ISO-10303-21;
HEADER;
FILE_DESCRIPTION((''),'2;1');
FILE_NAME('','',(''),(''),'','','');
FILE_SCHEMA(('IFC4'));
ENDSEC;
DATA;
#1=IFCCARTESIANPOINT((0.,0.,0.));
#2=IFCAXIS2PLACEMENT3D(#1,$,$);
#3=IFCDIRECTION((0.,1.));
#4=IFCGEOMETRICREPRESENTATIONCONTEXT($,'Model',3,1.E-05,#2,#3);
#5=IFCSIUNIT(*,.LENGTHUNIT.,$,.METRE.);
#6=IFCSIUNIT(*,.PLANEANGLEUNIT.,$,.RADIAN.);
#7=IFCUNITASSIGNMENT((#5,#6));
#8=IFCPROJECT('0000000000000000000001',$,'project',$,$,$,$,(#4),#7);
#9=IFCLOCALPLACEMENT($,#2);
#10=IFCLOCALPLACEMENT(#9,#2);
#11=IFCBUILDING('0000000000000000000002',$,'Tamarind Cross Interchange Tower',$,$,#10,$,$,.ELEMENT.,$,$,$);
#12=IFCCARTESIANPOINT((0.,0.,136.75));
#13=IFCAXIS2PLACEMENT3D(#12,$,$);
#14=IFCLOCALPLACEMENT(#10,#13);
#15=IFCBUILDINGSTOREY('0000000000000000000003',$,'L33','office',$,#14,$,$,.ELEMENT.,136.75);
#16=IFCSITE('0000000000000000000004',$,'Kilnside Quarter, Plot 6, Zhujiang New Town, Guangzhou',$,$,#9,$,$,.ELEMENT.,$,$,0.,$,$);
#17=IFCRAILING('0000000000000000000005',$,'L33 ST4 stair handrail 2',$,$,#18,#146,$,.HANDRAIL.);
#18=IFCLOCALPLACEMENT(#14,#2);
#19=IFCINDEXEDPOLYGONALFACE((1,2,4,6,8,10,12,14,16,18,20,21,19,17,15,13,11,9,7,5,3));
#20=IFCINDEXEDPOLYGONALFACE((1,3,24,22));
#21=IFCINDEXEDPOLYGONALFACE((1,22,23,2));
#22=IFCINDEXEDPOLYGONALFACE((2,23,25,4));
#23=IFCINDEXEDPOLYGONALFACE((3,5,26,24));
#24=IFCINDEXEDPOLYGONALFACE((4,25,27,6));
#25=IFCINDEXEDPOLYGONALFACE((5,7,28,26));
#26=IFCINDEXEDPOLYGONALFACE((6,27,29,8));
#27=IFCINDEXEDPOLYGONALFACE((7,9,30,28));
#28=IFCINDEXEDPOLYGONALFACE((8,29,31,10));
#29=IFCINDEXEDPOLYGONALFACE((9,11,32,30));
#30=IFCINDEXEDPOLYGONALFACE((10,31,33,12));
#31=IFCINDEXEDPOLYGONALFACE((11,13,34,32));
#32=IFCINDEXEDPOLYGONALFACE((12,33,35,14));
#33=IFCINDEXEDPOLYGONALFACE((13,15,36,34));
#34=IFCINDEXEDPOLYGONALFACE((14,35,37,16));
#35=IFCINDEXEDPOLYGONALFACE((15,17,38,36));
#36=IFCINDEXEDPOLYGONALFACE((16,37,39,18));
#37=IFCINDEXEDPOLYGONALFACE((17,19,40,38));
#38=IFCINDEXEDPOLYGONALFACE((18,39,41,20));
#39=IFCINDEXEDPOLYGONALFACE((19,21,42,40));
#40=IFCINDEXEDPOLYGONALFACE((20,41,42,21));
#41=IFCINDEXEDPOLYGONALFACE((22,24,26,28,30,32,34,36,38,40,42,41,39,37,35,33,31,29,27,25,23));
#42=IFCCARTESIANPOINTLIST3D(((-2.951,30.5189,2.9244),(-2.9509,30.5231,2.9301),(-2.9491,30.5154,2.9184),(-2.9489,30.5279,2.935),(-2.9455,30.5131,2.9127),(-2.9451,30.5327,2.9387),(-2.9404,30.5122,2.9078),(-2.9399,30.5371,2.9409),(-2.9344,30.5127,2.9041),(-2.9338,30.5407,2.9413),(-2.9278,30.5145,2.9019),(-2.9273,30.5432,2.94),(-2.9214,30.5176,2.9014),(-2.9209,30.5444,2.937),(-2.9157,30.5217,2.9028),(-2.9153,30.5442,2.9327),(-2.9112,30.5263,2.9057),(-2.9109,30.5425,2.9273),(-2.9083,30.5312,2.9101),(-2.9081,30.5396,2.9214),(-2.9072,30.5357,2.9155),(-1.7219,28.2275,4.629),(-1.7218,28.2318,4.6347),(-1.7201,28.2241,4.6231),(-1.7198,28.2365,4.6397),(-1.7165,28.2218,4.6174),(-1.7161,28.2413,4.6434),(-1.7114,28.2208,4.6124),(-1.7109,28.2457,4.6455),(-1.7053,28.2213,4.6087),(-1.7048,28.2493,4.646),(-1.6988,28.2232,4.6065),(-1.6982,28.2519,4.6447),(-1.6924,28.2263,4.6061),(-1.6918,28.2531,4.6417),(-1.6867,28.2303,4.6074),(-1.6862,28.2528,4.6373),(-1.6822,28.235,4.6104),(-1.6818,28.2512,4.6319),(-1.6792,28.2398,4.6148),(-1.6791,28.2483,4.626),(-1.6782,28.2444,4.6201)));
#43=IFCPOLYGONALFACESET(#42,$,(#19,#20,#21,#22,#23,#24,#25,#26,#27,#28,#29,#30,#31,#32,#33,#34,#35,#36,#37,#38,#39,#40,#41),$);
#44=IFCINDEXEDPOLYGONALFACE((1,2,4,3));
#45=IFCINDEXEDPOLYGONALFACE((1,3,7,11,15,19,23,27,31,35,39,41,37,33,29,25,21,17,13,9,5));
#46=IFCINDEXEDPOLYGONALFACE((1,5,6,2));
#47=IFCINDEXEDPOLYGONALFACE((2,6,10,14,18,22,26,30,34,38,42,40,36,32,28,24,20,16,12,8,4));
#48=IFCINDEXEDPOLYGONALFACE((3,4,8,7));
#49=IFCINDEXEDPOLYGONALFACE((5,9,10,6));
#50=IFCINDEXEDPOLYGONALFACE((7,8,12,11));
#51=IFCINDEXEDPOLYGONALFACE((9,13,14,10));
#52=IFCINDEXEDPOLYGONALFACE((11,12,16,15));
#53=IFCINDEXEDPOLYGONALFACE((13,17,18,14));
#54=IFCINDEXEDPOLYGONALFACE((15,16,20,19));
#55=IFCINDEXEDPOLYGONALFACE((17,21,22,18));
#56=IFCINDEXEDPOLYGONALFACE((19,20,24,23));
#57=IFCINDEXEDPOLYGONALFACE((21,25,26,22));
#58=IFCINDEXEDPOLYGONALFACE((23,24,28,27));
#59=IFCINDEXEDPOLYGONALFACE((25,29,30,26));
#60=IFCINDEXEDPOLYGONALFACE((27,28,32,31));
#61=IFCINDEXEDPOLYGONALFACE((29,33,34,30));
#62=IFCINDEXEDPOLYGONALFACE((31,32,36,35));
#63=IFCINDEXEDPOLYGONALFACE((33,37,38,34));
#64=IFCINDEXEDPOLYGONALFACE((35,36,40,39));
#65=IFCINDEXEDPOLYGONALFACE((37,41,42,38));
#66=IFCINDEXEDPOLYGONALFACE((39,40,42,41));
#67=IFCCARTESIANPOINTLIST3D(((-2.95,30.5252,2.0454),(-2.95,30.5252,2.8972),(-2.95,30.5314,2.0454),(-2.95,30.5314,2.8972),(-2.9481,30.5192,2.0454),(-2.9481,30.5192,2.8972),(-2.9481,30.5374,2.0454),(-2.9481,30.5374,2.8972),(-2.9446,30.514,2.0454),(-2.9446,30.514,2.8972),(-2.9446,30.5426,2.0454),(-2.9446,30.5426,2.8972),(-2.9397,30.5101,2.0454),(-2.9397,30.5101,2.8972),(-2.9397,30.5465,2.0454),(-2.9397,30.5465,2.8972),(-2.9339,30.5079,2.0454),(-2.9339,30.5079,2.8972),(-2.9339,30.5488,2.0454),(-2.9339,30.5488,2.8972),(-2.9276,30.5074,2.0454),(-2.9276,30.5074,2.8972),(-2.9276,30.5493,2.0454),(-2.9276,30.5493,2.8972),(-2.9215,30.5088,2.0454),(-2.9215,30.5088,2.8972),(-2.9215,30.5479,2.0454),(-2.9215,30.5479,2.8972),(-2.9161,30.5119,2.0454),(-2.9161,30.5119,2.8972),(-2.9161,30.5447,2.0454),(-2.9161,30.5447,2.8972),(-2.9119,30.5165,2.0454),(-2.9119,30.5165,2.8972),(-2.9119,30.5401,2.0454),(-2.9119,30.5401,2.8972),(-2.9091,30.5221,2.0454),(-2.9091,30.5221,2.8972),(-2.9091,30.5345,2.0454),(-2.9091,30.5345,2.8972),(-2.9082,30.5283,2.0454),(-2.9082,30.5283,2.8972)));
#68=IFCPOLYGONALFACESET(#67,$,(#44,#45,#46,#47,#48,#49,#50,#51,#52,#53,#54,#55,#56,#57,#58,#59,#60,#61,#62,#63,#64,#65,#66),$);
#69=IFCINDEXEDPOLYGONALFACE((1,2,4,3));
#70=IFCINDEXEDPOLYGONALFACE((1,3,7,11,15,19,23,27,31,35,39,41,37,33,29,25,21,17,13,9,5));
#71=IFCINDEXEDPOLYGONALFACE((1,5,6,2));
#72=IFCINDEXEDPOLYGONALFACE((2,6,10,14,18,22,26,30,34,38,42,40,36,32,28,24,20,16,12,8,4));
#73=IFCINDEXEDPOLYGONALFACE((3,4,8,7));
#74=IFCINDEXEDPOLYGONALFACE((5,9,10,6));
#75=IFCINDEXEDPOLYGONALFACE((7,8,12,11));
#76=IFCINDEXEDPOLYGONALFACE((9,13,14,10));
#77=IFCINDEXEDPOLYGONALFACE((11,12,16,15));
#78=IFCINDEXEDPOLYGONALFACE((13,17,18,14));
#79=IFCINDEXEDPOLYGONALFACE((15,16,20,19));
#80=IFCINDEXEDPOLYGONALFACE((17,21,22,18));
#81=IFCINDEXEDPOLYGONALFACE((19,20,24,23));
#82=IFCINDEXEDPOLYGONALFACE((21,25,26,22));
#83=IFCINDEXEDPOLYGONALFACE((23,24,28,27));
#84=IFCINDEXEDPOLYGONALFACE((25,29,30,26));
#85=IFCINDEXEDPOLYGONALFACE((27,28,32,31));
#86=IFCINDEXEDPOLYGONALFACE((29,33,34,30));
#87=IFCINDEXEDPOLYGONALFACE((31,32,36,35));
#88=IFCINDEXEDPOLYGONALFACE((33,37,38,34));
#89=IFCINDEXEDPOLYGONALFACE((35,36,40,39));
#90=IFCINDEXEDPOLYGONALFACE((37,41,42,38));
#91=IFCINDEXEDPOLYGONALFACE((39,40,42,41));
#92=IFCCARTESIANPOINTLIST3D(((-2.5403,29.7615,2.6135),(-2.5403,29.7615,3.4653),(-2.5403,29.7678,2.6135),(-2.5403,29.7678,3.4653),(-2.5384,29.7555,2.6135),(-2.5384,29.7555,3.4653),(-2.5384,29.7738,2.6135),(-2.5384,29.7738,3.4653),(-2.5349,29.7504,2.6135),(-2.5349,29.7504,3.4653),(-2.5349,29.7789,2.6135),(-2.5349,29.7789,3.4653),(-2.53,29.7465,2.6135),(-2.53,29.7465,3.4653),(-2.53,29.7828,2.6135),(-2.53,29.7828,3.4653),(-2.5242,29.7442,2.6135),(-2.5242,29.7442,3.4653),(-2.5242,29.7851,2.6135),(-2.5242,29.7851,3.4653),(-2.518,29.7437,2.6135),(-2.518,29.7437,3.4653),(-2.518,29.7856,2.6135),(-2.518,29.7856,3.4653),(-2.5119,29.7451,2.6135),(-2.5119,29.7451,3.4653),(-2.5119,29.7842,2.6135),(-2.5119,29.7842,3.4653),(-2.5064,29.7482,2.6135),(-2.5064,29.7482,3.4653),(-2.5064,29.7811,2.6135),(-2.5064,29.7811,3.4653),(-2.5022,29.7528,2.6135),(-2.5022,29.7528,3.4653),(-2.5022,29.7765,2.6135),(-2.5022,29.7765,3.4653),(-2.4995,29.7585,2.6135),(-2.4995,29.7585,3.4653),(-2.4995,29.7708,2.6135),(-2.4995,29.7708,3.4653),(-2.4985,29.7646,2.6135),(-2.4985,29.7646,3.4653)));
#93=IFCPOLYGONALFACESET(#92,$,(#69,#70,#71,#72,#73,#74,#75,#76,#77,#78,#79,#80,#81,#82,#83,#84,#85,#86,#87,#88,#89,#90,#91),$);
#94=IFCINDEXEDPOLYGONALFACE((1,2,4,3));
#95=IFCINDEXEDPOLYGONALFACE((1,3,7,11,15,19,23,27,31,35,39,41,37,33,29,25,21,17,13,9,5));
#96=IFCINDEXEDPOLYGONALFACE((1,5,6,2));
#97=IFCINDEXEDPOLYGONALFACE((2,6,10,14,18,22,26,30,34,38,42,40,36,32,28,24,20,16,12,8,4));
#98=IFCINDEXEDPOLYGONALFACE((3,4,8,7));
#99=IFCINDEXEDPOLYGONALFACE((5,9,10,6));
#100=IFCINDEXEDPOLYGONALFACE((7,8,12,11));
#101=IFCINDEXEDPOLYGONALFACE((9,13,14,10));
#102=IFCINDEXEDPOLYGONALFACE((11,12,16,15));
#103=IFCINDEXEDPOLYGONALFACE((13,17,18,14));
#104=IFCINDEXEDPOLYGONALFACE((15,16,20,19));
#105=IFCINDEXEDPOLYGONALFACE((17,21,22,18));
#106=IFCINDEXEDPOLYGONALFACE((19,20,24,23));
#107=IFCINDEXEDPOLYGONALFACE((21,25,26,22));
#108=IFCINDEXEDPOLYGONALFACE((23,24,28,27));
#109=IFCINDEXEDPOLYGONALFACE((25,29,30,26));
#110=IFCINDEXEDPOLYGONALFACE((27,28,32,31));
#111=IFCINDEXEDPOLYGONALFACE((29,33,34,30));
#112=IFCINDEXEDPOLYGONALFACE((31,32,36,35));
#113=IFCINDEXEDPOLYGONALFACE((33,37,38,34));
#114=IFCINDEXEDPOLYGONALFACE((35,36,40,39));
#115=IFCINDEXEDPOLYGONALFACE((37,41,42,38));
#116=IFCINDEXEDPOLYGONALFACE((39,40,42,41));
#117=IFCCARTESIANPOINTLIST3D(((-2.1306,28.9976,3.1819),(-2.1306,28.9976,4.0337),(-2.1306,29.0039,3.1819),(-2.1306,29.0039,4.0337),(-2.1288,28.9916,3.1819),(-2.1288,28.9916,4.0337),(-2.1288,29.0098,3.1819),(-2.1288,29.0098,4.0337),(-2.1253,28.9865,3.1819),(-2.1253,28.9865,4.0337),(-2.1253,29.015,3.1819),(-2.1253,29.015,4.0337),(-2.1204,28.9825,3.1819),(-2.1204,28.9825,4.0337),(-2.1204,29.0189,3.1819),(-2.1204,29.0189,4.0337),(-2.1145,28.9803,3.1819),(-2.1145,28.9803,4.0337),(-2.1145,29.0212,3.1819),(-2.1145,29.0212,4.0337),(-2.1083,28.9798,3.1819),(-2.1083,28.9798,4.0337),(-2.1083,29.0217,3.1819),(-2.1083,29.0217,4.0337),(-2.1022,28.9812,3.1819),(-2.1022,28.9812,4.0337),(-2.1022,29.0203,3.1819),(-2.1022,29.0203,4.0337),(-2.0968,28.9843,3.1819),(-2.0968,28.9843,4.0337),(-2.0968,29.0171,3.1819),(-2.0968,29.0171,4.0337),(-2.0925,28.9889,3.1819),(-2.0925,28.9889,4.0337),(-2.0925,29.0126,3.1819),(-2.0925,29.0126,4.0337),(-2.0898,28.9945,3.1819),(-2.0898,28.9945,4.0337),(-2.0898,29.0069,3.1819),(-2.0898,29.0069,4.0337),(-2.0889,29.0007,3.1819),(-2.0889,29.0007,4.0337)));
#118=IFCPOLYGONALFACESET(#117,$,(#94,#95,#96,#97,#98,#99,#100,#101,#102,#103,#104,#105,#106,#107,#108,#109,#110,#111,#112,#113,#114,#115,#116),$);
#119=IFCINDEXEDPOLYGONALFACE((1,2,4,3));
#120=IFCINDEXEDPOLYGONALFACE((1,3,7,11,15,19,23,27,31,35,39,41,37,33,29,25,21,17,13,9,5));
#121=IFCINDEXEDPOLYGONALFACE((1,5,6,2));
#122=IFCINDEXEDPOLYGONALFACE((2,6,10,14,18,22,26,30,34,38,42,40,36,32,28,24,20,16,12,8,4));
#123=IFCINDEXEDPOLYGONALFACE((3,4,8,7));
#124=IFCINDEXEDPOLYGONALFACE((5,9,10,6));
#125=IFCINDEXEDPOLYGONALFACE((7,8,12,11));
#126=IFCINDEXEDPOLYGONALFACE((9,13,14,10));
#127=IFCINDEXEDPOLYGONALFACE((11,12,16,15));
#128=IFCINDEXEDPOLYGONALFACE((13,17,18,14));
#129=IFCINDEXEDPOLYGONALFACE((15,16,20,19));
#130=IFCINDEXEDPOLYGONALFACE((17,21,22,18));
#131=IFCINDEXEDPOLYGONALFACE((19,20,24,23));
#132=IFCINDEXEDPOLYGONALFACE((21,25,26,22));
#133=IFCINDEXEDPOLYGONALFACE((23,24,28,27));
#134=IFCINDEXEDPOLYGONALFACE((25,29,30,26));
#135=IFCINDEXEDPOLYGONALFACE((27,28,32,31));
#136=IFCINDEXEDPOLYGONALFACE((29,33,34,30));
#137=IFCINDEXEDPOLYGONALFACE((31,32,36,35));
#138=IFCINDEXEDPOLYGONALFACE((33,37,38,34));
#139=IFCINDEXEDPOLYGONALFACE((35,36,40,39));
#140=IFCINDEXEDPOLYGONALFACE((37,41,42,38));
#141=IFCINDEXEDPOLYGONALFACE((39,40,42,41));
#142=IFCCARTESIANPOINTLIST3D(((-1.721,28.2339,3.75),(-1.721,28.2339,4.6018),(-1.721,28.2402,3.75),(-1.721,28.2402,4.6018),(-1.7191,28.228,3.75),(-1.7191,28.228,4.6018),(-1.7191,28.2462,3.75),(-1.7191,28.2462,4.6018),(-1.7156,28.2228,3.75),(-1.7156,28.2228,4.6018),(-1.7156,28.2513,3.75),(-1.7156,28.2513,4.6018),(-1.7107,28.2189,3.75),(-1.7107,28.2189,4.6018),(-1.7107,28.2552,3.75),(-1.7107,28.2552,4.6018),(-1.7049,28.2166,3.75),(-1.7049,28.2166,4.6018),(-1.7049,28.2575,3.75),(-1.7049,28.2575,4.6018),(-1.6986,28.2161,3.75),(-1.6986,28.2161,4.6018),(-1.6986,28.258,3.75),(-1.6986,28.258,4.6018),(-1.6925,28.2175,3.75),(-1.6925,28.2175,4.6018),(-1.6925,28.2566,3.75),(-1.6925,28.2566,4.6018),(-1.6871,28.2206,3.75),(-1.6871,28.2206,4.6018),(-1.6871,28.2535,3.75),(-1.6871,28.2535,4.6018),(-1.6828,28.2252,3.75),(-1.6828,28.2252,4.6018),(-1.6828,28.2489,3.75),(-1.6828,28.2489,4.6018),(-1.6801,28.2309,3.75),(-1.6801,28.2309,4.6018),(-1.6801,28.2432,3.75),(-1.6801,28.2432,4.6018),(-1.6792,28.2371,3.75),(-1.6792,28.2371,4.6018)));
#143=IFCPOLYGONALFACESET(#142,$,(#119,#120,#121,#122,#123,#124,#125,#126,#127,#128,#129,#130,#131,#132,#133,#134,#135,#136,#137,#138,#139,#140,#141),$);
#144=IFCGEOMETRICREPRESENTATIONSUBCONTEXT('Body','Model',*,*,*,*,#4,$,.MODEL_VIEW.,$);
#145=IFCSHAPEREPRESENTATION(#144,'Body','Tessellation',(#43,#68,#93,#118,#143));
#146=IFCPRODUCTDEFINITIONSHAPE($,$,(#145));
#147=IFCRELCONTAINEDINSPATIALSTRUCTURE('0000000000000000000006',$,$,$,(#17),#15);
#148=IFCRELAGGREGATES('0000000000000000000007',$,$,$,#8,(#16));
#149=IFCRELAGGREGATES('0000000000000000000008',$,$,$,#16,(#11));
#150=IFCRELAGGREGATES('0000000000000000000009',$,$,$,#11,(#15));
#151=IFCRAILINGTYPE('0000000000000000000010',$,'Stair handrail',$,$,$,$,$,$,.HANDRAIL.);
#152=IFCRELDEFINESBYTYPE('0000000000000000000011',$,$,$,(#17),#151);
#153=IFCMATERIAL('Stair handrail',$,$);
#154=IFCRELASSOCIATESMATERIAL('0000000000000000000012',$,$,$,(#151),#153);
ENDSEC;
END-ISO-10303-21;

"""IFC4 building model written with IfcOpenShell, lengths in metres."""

from ifc_helpers import new_model, si_unit, direction, frame, origin, origin_2d, place, context, subcontext, project, spatial, circle, extrude, material, type_object, element, save


model = new_model("IFC4")

# Units and contexts
model_context = context("Model", 3, precision=1e-05, world=origin(), true_north=direction((0.0, 1.0)))
body_context = subcontext(model_context, "Body", "Model", "MODEL_VIEW")
ifc_project = project(units=[si_unit("LENGTHUNIT", "METRE"), si_unit("PLANEANGLEUNIT", "RADIAN")], contexts=[model_context])

# Site, building, storey
site_placement = place(None, origin())
site = spatial("IfcSite", under=ifc_project, at=site_placement, Name="Kilnside Quarter, Plot 6, Zhujiang New Town, Guangzhou", CompositionType="ELEMENT", RefElevation=0.0)
building_placement = place(site_placement, origin())
building = spatial("IfcBuilding", under=site, at=building_placement, Name="Tamarind Cross Interchange Tower", CompositionType="ELEMENT")
storey_placement = place(building_placement, frame((0.0, 0.0, 136.75)))
storey = spatial("IfcBuildingStorey", under=building, at=storey_placement, Name="L33", Description="office", CompositionType="ELEMENT", Elevation=136.75)

# Railing
ifc_material_1 = material(Name="Stair handrail")
railing_type_1 = type_object("IfcRailingType", Name="Stair handrail", PredefinedType="HANDRAIL", material=ifc_material_1)
railing_1_placement = place(storey_placement, frame((-2.9292, 30.5283, 2.0454)))
element("IfcRailing", 1, at=railing_1_placement, inside=storey, type_object=railing_type_1, Name="L33 ST4 stair handrail 2", PredefinedType="HANDRAIL", context=body_context, shape_type="SweptSolid", body=[
    extrude(circle(Radius=0.0239, at=origin_2d()), frame((0.0, 0.0, 0.876), z_axis=(0.395304, -0.736974, 0.548274), x_axis=(0.881233, 0.472683, 0.0)), (0.0, 0.0, 1.0), 3.1091),
    extrude(circle(Radius=0.021, at=origin_2d()), origin(), (0.0, 0.0, 1.0), 0.8518),
    extrude(circle(Radius=0.021, at=origin_2d()), frame((0.4097, -0.7637, 0.5681)), (0.0, 0.0, 1.0), 0.8518),
    extrude(circle(Radius=0.021, at=origin_2d()), frame((0.8193, -1.5276, 1.1365)), (0.0, 0.0, 1.0), 0.8518),
    extrude(circle(Radius=0.021, at=origin_2d()), frame((1.229, -2.2913, 1.7046)), (0.0, 0.0, 1.0), 0.8518),
])

save(model, "model.ifc")
